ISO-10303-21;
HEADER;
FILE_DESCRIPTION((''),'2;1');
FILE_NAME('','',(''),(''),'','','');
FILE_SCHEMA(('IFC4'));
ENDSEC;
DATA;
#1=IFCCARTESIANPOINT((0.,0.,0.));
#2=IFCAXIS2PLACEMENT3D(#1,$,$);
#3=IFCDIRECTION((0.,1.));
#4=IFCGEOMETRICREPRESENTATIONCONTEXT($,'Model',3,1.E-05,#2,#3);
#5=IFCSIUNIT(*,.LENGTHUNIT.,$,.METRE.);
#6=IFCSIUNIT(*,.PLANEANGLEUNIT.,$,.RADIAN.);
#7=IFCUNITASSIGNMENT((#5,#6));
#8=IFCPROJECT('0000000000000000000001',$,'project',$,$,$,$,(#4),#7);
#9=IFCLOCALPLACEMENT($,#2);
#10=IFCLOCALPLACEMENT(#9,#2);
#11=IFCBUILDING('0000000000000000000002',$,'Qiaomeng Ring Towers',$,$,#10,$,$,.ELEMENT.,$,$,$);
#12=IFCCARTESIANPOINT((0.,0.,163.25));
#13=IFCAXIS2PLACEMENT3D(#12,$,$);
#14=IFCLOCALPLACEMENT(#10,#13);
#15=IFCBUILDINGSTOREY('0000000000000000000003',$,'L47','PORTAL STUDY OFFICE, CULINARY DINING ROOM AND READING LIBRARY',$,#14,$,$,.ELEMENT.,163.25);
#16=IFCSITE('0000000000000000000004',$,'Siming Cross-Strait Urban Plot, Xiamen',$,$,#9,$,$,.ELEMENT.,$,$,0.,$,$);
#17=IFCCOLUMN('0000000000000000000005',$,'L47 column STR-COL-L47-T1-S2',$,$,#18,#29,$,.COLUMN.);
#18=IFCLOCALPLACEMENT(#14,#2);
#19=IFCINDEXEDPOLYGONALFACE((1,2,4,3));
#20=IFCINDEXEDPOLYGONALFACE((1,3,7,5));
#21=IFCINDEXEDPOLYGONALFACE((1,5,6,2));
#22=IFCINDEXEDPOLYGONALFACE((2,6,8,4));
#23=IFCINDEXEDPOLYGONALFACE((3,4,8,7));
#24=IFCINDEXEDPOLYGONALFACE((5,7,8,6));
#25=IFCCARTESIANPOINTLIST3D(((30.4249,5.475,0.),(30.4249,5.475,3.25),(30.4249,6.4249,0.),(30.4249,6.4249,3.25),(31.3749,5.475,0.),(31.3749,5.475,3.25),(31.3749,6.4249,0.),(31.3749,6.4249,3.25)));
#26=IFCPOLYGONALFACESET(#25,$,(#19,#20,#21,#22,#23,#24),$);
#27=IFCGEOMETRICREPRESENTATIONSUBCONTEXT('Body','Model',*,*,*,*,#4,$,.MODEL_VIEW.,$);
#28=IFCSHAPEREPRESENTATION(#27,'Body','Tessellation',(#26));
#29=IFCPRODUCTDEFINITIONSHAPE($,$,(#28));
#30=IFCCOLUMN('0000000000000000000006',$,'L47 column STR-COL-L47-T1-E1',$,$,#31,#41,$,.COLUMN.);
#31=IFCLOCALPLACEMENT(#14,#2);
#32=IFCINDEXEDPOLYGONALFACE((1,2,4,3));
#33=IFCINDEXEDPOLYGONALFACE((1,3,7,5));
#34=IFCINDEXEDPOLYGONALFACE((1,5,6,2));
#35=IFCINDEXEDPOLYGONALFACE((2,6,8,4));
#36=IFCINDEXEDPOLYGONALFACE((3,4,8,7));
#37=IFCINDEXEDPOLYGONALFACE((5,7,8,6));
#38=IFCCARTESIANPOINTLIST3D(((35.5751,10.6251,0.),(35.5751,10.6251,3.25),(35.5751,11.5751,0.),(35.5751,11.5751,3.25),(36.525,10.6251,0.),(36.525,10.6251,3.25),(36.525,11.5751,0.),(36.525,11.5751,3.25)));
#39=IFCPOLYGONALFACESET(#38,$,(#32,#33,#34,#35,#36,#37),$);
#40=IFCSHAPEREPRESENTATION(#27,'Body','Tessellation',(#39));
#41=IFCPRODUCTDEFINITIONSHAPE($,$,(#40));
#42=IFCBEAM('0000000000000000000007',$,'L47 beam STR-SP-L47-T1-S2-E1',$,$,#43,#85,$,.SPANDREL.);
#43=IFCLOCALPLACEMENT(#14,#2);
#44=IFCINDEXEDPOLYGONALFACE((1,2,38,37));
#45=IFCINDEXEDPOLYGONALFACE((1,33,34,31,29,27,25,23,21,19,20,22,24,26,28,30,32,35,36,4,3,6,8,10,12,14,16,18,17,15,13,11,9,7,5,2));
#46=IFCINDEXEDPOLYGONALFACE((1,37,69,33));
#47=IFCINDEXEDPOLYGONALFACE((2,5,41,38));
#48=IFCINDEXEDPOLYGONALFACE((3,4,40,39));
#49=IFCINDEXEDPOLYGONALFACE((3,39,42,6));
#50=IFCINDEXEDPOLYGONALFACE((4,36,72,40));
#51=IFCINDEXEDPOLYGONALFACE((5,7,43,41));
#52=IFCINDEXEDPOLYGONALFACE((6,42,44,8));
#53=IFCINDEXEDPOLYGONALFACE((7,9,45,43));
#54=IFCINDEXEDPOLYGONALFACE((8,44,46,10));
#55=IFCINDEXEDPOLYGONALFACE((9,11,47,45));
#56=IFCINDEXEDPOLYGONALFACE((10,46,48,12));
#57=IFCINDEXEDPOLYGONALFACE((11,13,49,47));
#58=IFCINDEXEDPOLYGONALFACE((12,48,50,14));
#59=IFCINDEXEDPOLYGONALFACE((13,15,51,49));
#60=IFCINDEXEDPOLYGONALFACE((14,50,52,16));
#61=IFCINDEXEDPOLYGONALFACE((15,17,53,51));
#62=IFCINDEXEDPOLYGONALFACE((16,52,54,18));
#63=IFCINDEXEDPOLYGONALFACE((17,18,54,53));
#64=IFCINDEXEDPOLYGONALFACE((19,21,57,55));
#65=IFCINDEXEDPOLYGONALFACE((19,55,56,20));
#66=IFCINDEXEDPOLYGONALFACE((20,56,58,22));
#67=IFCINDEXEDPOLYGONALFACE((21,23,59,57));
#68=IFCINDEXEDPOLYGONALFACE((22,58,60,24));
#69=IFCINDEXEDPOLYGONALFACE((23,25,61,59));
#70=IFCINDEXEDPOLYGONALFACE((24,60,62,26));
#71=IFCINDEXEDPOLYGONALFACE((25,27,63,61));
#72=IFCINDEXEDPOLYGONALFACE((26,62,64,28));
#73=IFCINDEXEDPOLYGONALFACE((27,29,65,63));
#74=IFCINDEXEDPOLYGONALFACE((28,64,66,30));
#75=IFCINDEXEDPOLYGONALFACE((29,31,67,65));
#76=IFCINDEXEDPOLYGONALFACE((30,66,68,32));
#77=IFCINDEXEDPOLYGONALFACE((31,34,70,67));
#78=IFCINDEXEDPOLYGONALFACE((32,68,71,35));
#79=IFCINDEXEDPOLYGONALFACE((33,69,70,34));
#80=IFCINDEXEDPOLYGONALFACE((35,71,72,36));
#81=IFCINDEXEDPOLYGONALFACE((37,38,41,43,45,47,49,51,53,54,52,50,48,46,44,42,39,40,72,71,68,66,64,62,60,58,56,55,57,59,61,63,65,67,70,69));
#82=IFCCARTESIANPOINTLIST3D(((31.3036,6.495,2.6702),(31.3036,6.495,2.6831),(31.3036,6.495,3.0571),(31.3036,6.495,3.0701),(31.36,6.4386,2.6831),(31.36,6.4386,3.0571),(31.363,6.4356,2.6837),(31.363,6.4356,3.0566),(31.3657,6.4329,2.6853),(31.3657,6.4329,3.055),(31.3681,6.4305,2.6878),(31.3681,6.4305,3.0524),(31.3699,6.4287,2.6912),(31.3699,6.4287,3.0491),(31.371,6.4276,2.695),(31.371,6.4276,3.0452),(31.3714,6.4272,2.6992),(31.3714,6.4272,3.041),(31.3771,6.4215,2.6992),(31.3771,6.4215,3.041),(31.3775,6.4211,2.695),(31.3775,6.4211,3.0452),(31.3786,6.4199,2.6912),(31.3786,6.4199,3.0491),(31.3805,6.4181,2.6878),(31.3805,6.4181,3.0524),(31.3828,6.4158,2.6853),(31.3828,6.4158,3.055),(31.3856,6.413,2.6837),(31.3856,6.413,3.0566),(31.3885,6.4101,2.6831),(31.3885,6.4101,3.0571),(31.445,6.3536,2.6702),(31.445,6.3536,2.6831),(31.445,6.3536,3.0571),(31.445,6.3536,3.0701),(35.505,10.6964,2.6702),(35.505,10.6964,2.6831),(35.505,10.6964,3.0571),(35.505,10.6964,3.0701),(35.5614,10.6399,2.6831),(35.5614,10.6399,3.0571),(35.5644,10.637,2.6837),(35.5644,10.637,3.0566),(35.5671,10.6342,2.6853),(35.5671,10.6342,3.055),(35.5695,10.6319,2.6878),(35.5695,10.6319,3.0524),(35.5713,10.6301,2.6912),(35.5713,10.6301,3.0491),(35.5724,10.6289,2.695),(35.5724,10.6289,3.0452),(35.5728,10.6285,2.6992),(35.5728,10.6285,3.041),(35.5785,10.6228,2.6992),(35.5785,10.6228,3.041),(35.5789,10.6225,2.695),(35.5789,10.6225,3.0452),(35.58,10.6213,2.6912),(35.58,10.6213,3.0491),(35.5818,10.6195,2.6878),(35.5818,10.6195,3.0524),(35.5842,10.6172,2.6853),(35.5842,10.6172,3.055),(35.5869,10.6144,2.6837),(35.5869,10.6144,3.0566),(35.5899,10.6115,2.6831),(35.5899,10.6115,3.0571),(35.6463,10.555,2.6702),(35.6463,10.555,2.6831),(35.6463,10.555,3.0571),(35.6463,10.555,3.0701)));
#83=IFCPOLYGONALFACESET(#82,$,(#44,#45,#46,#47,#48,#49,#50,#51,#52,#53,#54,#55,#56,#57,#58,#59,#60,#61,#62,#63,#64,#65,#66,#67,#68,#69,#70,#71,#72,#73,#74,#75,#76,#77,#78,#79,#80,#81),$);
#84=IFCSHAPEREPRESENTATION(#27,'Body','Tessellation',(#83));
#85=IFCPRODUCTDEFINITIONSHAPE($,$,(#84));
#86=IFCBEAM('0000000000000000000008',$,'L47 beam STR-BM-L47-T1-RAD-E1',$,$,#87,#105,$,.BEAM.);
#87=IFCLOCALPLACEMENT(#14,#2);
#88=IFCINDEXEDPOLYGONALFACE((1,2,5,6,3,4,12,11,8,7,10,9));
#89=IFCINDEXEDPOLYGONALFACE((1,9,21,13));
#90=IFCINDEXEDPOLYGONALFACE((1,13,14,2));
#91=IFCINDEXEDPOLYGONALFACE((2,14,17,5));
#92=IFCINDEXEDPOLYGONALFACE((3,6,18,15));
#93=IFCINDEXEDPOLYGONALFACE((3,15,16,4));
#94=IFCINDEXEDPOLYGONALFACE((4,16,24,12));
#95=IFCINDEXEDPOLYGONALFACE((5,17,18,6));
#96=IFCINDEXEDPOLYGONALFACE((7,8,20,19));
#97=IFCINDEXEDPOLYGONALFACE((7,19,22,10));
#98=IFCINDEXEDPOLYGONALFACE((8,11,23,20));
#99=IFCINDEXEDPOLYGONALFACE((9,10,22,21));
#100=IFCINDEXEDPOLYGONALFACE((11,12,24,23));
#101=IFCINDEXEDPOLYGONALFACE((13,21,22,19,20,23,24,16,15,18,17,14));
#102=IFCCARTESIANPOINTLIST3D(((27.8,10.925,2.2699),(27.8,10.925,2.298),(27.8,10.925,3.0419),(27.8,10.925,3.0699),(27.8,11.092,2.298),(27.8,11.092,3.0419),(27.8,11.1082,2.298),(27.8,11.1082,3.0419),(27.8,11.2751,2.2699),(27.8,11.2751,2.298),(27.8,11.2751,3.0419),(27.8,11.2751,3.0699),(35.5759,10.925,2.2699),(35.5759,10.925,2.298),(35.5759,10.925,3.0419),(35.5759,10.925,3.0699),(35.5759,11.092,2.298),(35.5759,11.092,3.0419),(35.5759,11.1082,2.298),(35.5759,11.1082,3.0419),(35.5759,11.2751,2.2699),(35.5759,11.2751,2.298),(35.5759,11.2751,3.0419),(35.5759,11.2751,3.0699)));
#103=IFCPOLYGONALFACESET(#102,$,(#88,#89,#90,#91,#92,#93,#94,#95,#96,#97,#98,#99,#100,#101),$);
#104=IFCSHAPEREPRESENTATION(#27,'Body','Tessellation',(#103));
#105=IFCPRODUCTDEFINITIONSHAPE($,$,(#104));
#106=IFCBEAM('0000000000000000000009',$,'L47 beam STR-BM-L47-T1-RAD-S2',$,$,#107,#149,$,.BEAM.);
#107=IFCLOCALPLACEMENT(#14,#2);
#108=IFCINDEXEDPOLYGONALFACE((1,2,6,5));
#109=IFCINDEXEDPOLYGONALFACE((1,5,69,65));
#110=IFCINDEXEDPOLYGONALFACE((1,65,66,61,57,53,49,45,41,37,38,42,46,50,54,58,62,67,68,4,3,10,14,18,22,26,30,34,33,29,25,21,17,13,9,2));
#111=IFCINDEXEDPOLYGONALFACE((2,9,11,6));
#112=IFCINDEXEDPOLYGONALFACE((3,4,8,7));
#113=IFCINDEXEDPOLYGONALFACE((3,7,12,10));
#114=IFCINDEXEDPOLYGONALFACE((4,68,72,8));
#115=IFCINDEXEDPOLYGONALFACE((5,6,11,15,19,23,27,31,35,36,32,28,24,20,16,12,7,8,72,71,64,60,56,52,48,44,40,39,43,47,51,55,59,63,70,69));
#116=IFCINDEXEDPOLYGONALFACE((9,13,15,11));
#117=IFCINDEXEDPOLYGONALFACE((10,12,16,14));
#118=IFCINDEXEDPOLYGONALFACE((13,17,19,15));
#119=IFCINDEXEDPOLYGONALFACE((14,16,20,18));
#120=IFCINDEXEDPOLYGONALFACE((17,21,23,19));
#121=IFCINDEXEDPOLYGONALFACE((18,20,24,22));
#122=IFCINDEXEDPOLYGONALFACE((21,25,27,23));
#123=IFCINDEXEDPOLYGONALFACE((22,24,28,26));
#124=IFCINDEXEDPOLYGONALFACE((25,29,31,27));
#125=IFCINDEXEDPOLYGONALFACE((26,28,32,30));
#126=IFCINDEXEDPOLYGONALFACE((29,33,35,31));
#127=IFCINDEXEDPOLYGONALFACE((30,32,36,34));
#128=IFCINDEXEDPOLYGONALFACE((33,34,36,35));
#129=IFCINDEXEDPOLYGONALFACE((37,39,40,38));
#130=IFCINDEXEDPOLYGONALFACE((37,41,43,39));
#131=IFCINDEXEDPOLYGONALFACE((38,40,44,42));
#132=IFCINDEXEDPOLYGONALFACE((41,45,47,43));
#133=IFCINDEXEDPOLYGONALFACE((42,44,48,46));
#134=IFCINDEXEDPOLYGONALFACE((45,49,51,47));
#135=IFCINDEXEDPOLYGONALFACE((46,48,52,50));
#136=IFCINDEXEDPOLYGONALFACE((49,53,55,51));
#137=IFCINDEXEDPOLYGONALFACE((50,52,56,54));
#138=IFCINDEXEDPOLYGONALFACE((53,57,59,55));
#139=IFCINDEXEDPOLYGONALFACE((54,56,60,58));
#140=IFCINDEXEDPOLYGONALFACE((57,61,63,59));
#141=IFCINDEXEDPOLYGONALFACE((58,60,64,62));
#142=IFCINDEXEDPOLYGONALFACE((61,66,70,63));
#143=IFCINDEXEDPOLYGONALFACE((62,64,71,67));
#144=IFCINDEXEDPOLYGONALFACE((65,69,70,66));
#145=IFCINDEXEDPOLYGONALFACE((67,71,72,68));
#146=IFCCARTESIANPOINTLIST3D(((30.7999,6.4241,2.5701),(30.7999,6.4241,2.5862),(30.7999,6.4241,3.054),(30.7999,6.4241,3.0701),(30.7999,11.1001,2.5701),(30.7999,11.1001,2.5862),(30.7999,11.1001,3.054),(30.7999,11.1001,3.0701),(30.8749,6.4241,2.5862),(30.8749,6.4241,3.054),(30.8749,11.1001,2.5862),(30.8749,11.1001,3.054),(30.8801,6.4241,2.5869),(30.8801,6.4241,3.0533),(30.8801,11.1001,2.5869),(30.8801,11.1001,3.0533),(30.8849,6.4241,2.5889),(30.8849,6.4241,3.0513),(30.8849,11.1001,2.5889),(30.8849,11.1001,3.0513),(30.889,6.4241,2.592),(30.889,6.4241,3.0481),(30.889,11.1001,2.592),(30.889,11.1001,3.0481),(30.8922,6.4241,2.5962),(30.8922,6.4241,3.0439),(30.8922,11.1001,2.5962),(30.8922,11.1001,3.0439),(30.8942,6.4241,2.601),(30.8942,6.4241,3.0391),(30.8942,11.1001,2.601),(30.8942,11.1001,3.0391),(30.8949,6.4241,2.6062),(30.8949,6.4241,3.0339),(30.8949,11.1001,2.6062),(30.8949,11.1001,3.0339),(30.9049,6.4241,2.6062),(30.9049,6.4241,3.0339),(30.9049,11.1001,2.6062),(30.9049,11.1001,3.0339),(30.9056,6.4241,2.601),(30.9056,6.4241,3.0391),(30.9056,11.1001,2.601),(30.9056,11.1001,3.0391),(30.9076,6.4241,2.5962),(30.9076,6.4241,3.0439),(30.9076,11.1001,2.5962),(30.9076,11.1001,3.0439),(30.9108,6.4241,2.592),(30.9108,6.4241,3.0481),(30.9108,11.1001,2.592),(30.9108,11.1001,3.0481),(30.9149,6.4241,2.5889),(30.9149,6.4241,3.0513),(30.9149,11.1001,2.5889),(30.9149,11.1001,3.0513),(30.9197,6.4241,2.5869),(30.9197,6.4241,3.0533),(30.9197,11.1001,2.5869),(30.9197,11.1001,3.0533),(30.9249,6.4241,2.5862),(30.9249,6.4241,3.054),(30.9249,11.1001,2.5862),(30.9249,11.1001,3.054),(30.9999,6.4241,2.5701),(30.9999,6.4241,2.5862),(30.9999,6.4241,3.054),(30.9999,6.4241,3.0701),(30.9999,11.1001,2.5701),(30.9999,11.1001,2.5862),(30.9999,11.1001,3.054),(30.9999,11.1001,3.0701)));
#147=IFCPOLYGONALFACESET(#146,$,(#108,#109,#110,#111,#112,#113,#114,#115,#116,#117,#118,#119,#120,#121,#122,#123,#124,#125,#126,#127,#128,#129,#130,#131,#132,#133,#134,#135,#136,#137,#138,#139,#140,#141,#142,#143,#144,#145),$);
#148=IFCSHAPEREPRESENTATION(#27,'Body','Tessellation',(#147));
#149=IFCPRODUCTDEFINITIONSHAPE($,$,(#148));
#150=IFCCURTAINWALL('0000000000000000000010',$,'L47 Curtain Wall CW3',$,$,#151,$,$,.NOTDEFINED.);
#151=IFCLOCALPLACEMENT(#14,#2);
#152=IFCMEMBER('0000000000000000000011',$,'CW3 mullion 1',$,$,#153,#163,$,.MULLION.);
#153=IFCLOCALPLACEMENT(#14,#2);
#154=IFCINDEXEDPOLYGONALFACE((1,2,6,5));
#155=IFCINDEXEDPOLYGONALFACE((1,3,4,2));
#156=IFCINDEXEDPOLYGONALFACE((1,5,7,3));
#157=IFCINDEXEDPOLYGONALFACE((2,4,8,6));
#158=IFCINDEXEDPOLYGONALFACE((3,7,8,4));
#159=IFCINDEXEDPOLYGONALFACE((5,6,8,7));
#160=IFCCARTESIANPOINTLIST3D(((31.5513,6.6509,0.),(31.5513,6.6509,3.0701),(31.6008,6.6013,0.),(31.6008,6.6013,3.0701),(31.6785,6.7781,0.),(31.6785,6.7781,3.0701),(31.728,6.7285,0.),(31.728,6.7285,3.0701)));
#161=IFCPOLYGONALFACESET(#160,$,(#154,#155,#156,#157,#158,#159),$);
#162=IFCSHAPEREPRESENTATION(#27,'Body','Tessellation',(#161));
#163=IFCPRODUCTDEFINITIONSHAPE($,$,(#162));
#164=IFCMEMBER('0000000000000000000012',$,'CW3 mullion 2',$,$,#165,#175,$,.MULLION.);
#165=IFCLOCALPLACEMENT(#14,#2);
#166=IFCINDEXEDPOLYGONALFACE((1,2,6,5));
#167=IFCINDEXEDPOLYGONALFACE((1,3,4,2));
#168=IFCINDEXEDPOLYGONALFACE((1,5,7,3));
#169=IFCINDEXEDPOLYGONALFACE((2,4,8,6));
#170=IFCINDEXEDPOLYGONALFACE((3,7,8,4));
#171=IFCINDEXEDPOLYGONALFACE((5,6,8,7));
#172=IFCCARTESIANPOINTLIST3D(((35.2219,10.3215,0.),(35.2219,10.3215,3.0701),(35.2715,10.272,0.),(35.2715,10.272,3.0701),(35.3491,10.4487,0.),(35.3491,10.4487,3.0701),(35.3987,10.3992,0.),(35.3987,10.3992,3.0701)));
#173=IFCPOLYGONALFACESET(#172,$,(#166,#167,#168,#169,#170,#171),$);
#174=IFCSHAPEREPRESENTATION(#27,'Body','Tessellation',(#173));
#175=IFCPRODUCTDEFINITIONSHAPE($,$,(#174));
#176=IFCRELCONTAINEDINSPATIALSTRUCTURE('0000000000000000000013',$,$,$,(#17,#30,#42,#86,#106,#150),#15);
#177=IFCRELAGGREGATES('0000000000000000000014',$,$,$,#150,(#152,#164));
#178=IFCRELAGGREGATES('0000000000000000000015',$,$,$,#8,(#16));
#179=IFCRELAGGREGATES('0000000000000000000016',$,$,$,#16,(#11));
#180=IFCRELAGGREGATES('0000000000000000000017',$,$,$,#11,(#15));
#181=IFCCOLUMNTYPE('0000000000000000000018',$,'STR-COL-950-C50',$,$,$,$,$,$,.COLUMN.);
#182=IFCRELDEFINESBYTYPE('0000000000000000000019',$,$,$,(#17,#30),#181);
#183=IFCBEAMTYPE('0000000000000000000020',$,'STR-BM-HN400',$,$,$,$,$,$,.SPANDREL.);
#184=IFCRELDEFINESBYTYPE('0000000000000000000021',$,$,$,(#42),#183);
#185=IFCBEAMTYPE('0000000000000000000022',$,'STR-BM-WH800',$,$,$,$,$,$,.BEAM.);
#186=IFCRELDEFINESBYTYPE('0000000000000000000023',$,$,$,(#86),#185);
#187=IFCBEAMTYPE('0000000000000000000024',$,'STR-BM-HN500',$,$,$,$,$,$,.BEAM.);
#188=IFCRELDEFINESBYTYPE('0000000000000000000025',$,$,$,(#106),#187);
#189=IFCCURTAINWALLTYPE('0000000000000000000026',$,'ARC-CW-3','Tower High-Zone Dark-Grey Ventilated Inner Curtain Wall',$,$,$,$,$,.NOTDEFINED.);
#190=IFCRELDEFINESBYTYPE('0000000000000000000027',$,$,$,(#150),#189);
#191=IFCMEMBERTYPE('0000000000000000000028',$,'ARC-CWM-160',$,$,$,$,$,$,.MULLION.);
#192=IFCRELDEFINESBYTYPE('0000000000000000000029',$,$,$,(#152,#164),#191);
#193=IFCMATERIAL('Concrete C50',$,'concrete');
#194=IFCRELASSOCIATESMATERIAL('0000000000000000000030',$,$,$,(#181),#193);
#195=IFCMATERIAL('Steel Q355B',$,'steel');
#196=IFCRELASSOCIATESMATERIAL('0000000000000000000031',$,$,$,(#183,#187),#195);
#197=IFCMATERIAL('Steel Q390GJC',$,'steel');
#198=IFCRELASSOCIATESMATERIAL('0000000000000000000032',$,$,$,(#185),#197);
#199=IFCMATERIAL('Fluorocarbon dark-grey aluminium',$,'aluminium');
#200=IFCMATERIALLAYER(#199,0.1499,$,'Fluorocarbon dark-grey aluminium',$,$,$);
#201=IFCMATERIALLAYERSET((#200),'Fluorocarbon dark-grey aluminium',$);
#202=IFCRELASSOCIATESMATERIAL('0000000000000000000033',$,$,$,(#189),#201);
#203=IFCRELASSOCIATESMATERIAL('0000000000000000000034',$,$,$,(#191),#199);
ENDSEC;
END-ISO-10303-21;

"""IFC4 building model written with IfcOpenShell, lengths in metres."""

from ifc_helpers import new_model, si_unit, direction, frame, origin, origin_2d, place, context, subcontext, project, spatial, rectangle, i_section, extrude, source, transform, mapped, material, layer, layer_set, material_profile, profile_set, type_object, element, aggregate, save


model = new_model("IFC4")

# Units and contexts
model_context = context("Model", 3, precision=1e-05, world=origin(), true_north=direction((0.0, 1.0)))
body_context = subcontext(model_context, "Body", "Model", "MODEL_VIEW")
ifc_project = project(units=[si_unit("LENGTHUNIT", "METRE"), si_unit("PLANEANGLEUNIT", "RADIAN")], contexts=[model_context])

# Site, building, storey
site_placement = place(None, origin())
site = spatial("IfcSite", under=ifc_project, at=site_placement, Name="Siming Cross-Strait Urban Plot, Xiamen", CompositionType="ELEMENT", RefElevation=0.0)
building_placement = place(site_placement, origin())
building = spatial("IfcBuilding", under=site, at=building_placement, Name="Qiaomeng Ring Towers", CompositionType="ELEMENT")
storey_placement = place(building_placement, frame((0.0, 0.0, 163.25)))
storey = spatial("IfcBuildingStorey", under=building, at=storey_placement, Name="L47", Description="PORTAL STUDY OFFICE, CULINARY DINING ROOM AND READING LIBRARY", CompositionType="ELEMENT", Elevation=163.25)

# Columns
ifc_material_1 = material(Name="Concrete C50", Category="concrete")
ifc_material_profile_1 = material_profile(ifc_material_1, rectangle(XDim=0.95, YDim=0.95, at=origin_2d()), Name="RC COL 950x950")
ifc_profile_set_1 = profile_set([ifc_material_profile_1], Name="Concrete C50")
column_type = type_object("IfcColumnType", Name="STR-COL-950-C50", PredefinedType="COLUMN", material=ifc_profile_set_1)
shared_shape_1 = source(origin(), body_context, "Body", "SweptSolid", [
    extrude(rectangle(XDim=0.95, YDim=0.95, at=origin_2d()), origin(), (0.0, 0.0, 1.0), 3.25),
])
for number, where, z_axis, x_axis, name in (
    (1, (30.8999, 5.95, 0.0), (0.0, 0.0, 1.0), (1.0, 0.0, 0.0), "L47 column STR-COL-L47-T1-S2"),
    (2, (36.05, 11.1001, 0.0), (0.0, 0.0, 1.0), (1.0, 0.0, 0.0), "L47 column STR-COL-L47-T1-E1"),
):
    element("IfcColumn", number, at=place(storey_placement, frame(where, z_axis=z_axis, x_axis=x_axis)), inside=storey, type_object=column_type, Name=name, PredefinedType="COLUMN", context=body_context, shape_type="MappedRepresentation", body=[
        mapped(shared_shape_1, transform((0.0, 0.0, 0.0), x_axis=(1.0, 0.0, 0.0), y_axis=(0.0, 1.0, 0.0), z_axis=(0.0, 0.0, 1.0), scale=1.0)),
    ])

# Beams
ifc_material_2 = material(Name="Steel Q355B", Category="steel")
ifc_material_profile_2 = material_profile(ifc_material_2, i_section(OverallWidth=0.2, OverallDepth=0.3999, WebThickness=0.0081, FlangeThickness=0.0129, FilletRadius=0.0161, at=origin_2d()), Name="HN 400x200x8x13")
ifc_profile_set_2 = profile_set([ifc_material_profile_2], Name="Steel Q355B")
beam_type_1 = type_object("IfcBeamType", Name="STR-BM-HN400", PredefinedType="SPANDREL", material=ifc_profile_set_2)
shared_shape_2 = source(origin(), body_context, "Body", "SweptSolid", [
    extrude(i_section(OverallWidth=0.2, OverallDepth=0.3999, WebThickness=0.0081, FlangeThickness=0.0129, FilletRadius=0.0161, at=origin_2d()), origin(), (0.0, 0.0, 1.0), 5.9417),
])
beam_1_placement = place(storey_placement, frame((31.3743, 6.4243, 2.8701), z_axis=(0.707107, 0.707107, 0.0), x_axis=(-0.707107, 0.707107, 0.0)))
element("IfcBeam", 3, at=beam_1_placement, inside=storey, type_object=beam_type_1, Name="L47 beam STR-SP-L47-T1-S2-E1", PredefinedType="SPANDREL", context=body_context, shape_type="MappedRepresentation", body=[
    mapped(shared_shape_2, transform((0.0, 0.0, 0.0), x_axis=(1.0, 0.0, 0.0), y_axis=(0.0, 1.0, 0.0), z_axis=(0.0, 0.0, 1.0), scale=1.0)),
])
ifc_material_3 = material(Name="Steel Q390GJC", Category="steel")
ifc_material_profile_3 = material_profile(ifc_material_3, i_section(OverallWidth=0.3501, OverallDepth=0.8, WebThickness=0.0161, FlangeThickness=0.0281, at=origin_2d()), Name="WH 800x350x16x28")
ifc_profile_set_3 = profile_set([ifc_material_profile_3], Name="Steel Q390GJC")
beam_type_2 = type_object("IfcBeamType", Name="STR-BM-WH800", PredefinedType="BEAM", material=ifc_profile_set_3)
shared_shape_3 = source(origin(), body_context, "Body", "SweptSolid", [
    extrude(i_section(OverallWidth=0.3501, OverallDepth=0.8, WebThickness=0.0161, FlangeThickness=0.0281, at=origin_2d()), origin(), (0.0, 0.0, 1.0), 7.7759),
])
beam_2_placement = place(storey_placement, frame((27.8, 11.1001, 2.6699), z_axis=(1.0, 0.0, 0.0), x_axis=(0.0, 1.0, 0.0)))
element("IfcBeam", 4, at=beam_2_placement, inside=storey, type_object=beam_type_2, Name="L47 beam STR-BM-L47-T1-RAD-E1", PredefinedType="BEAM", context=body_context, shape_type="MappedRepresentation", body=[
    mapped(shared_shape_3, transform((0.0, 0.0, 0.0), x_axis=(1.0, 0.0, 0.0), y_axis=(0.0, 1.0, 0.0), z_axis=(0.0, 0.0, 1.0), scale=1.0)),
])
ifc_material_profile_4 = material_profile(ifc_material_2, i_section(OverallWidth=0.2, OverallDepth=0.5, WebThickness=0.01, FlangeThickness=0.0161, FilletRadius=0.02, at=origin_2d()), Name="HN 500x200x10x16")
ifc_profile_set_4 = profile_set([ifc_material_profile_4], Name="Steel Q355B")
beam_type_3 = type_object("IfcBeamType", Name="STR-BM-HN500", PredefinedType="BEAM", material=ifc_profile_set_4)
shared_shape_4 = source(origin(), body_context, "Body", "SweptSolid", [
    extrude(i_section(OverallWidth=0.2, OverallDepth=0.5, WebThickness=0.01, FlangeThickness=0.0161, FilletRadius=0.02, at=origin_2d()), origin(), (0.0, 0.0, 1.0), 4.676),
])
beam_3_placement = place(storey_placement, frame((30.8999, 6.4241, 2.8201), z_axis=(0.0, 1.0, 0.0), x_axis=(-1.0, 0.0, 0.0)))
element("IfcBeam", 5, at=beam_3_placement, inside=storey, type_object=beam_type_3, Name="L47 beam STR-BM-L47-T1-RAD-S2", PredefinedType="BEAM", context=body_context, shape_type="MappedRepresentation", body=[
    mapped(shared_shape_4, transform((0.0, 0.0, 0.0), x_axis=(1.0, 0.0, 0.0), y_axis=(0.0, 1.0, 0.0), z_axis=(0.0, 0.0, 1.0), scale=1.0)),
])

# Curtain wall, members
ifc_material_4 = material(Name="Fluorocarbon dark-grey aluminium", Category="aluminium")
ifc_layer_1 = layer(ifc_material_4, 0.1499, Name="Fluorocarbon dark-grey aluminium")
ifc_layer_set_1 = layer_set([ifc_layer_1], Name="Fluorocarbon dark-grey aluminium")
curtain_wall_type = type_object("IfcCurtainWallType", Name="ARC-CW-3", Description="Tower High-Zone Dark-Grey Ventilated Inner Curtain Wall", PredefinedType="NOTDEFINED", material=ifc_layer_set_1)
curtain_wall_placement = place(storey_placement, origin())
curtain_wall = element("IfcCurtainWall", 6, at=curtain_wall_placement, inside=storey, type_object=curtain_wall_type, Name="L47 Curtain Wall CW3", PredefinedType="NOTDEFINED")
ifc_material_profile_5 = material_profile(ifc_material_4, rectangle(XDim=0.0701, YDim=0.1799, at=origin_2d()), Name="ALU MULL 70x180")
ifc_profile_set_5 = profile_set([ifc_material_profile_5], Name="Fluorocarbon dark-grey aluminium")
member_type_1 = type_object("IfcMemberType", Name="ARC-CWM-160", PredefinedType="MULLION", material=ifc_profile_set_5)
shared_shape_5 = source(origin(), body_context, "Body", "SweptSolid", [
    extrude(rectangle(XDim=0.0701, YDim=0.1799, at=origin_2d()), origin(), (0.0, 0.0, 1.0), 3.0701),
])
member_1_placement = place(storey_placement, frame((31.6396, 6.6897, 0.0), z_axis=(0.0, 0.0, 1.0), x_axis=(-0.707107, 0.707107, 0.0)))
member_1 = element("IfcMember", 7, at=member_1_placement, type_object=member_type_1, Name="CW3 mullion 1", PredefinedType="MULLION", context=body_context, shape_type="MappedRepresentation", body=[
    mapped(shared_shape_5, transform((0.0, 0.0, 0.0), x_axis=(1.0, 0.0, 0.0), y_axis=(0.0, 1.0, 0.0), z_axis=(0.0, 0.0, 1.0), scale=1.0)),
])
member_2_placement = place(storey_placement, frame((35.3103, 10.3604, 0.0), z_axis=(0.0, 0.0, 1.0), x_axis=(-0.707107, 0.707107, 0.0)))
member_2 = element("IfcMember", 8, at=member_2_placement, type_object=member_type_1, Name="CW3 mullion 2", PredefinedType="MULLION", context=body_context, shape_type="MappedRepresentation", body=[
    mapped(shared_shape_5, transform((0.0, 0.0, 0.0), x_axis=(1.0, 0.0, 0.0), y_axis=(0.0, 1.0, 0.0), z_axis=(0.0, 0.0, 1.0), scale=1.0)),
])
aggregate(curtain_wall, [member_1, member_2])

save(model, "model.ifc")
